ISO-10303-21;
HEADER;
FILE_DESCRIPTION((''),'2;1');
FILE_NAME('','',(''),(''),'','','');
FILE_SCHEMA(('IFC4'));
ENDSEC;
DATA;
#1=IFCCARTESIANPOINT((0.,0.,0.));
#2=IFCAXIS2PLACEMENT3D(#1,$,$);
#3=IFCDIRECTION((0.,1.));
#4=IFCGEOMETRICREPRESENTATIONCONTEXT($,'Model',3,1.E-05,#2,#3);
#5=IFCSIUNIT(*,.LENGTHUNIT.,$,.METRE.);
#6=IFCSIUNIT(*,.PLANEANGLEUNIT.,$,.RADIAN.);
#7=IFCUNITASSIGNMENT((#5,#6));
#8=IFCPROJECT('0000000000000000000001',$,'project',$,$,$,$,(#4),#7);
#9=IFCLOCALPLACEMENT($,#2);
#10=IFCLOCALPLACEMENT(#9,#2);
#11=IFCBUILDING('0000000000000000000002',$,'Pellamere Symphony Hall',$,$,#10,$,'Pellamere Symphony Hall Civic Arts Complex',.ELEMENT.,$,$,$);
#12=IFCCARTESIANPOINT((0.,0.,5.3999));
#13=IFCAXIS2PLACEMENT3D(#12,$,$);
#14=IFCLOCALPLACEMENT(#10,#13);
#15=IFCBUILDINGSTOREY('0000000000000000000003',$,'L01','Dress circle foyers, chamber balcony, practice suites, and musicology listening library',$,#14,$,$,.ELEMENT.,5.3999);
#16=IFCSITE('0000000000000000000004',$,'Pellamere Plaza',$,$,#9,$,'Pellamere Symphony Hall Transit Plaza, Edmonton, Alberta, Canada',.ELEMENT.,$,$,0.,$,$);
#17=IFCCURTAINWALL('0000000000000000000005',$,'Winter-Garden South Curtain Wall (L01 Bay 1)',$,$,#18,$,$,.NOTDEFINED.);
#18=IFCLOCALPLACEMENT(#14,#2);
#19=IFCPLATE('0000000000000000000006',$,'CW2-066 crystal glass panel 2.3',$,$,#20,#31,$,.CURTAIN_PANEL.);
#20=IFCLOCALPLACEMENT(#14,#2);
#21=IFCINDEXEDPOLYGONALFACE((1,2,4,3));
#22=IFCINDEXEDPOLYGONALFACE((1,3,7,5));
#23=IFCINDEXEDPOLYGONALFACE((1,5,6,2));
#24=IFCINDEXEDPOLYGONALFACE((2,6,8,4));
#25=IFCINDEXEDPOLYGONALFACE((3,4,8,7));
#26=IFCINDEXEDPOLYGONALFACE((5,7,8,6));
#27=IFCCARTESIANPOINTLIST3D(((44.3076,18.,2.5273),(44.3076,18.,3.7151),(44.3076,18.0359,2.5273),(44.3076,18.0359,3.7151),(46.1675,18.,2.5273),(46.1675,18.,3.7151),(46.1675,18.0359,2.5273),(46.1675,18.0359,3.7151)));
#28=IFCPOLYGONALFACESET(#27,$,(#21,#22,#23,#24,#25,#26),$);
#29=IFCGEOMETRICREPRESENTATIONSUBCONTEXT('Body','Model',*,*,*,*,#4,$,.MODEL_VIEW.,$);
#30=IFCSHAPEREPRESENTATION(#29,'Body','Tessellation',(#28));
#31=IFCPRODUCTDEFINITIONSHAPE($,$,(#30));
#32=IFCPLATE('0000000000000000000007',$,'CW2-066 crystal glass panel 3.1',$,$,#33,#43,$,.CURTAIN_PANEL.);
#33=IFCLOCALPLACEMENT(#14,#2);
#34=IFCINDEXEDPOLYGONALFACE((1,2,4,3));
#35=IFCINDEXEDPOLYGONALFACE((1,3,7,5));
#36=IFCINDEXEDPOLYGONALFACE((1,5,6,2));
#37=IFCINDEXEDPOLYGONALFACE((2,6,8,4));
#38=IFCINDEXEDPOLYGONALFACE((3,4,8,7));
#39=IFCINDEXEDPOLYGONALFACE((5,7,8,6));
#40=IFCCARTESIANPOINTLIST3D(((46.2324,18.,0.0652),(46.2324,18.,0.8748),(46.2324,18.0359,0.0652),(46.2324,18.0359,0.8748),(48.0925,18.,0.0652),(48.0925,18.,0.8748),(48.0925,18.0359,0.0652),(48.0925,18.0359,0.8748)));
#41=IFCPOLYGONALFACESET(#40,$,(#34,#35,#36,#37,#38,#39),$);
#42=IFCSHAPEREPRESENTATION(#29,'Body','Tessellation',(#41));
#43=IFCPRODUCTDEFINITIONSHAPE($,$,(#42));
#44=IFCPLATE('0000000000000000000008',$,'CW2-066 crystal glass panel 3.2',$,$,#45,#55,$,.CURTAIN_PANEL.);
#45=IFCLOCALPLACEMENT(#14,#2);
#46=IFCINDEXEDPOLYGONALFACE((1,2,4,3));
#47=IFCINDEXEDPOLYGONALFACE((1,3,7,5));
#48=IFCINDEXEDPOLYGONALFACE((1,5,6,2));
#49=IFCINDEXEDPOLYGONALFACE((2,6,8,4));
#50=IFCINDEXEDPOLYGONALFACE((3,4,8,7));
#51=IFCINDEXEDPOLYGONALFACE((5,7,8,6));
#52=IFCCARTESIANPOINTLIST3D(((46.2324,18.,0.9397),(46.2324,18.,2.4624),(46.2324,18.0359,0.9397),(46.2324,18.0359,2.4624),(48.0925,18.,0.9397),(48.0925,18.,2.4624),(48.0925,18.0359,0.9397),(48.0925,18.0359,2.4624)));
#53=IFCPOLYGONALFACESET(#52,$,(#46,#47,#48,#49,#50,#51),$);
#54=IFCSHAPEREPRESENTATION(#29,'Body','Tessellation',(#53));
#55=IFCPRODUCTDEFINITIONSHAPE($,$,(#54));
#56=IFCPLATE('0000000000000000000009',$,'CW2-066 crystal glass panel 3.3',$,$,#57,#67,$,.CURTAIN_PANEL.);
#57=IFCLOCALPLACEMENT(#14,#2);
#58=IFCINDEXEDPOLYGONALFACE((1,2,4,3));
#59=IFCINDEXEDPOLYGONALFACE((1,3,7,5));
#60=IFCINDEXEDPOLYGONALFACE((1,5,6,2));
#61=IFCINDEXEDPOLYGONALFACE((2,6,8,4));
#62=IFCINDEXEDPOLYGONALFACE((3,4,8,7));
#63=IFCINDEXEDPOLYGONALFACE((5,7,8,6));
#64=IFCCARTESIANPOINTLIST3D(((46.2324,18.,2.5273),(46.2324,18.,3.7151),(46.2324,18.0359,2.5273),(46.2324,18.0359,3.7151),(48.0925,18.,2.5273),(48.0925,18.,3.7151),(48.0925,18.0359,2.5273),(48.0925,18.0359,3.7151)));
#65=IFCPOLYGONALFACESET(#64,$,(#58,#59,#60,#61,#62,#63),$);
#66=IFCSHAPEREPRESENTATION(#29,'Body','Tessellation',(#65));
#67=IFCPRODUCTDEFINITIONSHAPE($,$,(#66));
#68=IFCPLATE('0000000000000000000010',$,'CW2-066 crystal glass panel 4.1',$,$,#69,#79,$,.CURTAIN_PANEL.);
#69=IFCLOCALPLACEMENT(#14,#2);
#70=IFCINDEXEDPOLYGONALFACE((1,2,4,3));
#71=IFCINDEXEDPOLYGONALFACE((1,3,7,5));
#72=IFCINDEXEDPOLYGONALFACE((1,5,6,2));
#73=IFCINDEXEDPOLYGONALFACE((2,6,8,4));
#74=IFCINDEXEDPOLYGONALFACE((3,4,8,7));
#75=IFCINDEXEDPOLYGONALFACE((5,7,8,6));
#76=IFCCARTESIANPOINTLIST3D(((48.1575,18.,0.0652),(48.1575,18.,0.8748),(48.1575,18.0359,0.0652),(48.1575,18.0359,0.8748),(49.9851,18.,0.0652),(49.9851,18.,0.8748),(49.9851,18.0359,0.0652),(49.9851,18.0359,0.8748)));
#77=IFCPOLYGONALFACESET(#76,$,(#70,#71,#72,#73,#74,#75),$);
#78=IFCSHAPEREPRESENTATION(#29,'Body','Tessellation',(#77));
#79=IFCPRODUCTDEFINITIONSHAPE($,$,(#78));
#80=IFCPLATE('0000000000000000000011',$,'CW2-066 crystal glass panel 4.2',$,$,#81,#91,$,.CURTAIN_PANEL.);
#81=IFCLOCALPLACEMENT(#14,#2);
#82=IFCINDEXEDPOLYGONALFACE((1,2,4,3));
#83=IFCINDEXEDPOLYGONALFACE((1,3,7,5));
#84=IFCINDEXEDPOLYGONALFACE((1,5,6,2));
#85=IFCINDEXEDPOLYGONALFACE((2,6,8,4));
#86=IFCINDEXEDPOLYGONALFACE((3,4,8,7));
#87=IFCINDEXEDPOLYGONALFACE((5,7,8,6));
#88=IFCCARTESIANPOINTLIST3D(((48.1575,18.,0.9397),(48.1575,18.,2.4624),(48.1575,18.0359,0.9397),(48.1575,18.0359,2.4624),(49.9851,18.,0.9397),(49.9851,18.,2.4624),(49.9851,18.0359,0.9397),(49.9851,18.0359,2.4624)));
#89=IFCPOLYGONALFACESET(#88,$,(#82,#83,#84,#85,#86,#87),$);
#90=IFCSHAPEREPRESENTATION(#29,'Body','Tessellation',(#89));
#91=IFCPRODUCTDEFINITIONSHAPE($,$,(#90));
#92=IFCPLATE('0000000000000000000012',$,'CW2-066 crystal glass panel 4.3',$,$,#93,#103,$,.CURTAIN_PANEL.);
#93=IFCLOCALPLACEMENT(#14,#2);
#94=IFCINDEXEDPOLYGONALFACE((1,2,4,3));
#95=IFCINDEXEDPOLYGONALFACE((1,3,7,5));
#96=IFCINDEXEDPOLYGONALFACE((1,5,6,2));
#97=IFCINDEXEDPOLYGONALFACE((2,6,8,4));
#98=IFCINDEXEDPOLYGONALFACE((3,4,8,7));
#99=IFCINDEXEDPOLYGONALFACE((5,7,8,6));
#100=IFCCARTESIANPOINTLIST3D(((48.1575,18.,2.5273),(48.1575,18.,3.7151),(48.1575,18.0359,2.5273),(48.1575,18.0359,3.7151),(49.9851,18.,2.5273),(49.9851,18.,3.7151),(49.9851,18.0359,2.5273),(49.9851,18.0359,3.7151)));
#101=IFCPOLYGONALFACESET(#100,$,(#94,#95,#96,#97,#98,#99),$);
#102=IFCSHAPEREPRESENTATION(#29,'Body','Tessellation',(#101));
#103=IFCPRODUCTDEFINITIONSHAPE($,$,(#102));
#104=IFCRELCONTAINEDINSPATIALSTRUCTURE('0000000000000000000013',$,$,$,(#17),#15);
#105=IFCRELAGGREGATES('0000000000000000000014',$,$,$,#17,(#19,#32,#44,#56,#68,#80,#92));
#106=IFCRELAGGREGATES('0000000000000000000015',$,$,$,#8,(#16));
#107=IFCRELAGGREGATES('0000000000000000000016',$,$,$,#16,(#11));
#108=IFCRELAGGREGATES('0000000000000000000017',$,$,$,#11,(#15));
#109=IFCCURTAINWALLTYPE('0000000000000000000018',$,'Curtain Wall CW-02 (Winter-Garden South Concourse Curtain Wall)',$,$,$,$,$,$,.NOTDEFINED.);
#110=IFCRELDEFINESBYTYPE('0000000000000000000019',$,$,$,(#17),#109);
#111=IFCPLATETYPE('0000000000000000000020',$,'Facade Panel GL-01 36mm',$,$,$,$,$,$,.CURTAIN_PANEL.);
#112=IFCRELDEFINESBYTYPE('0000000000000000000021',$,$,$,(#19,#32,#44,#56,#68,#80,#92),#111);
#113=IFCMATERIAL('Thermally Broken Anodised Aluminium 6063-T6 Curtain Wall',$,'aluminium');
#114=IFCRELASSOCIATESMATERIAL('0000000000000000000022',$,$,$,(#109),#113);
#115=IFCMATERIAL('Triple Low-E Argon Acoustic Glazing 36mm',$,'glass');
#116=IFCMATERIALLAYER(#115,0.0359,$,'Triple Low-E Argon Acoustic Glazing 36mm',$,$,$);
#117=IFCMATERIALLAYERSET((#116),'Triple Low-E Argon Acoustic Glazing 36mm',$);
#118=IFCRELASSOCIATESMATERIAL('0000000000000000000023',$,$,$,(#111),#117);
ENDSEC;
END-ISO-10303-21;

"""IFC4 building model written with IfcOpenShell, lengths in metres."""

from ifc_helpers import new_model, si_unit, direction, frame, origin, place, context, subcontext, project, spatial, polyline, outline, extrude, material, layer, layer_set, type_object, element, aggregate, save


model = new_model("IFC4")

# Units and contexts
model_context = context("Model", 3, precision=1e-05, world=origin(), true_north=direction((0.0, 1.0)))
body_context = subcontext(model_context, "Body", "Model", "MODEL_VIEW")
ifc_project = project(units=[si_unit("LENGTHUNIT", "METRE"), si_unit("PLANEANGLEUNIT", "RADIAN")], contexts=[model_context])

# Site, building, storey
site_placement = place(None, origin())
site = spatial("IfcSite", under=ifc_project, at=site_placement, Name="Pellamere Plaza", LongName="Pellamere Symphony Hall Transit Plaza, Edmonton, Alberta, Canada", CompositionType="ELEMENT", RefElevation=0.0)
building_placement = place(site_placement, origin())
building = spatial("IfcBuilding", under=site, at=building_placement, Name="Pellamere Symphony Hall", LongName="Pellamere Symphony Hall Civic Arts Complex", CompositionType="ELEMENT")
storey_placement = place(building_placement, frame((0.0, 0.0, 5.3999)))
storey = spatial("IfcBuildingStorey", under=building, at=storey_placement, Name="L01", Description="Dress circle foyers, chamber balcony, practice suites, and musicology listening library", CompositionType="ELEMENT", Elevation=5.3999)

# Curtain wall
ifc_material_1 = material(Name="Thermally Broken Anodised Aluminium 6063-T6 Curtain Wall", Category="aluminium")
curtain_wall_type = type_object("IfcCurtainWallType", Name="Curtain Wall CW-02 (Winter-Garden South Concourse Curtain Wall)", PredefinedType="NOTDEFINED", material=ifc_material_1)
curtain_wall_1_placement = place(storey_placement, origin())
curtain_wall_1 = element("IfcCurtainWall", 1, at=curtain_wall_1_placement, inside=storey, type_object=curtain_wall_type, Name="Winter-Garden South Curtain Wall (L01 Bay 1)", PredefinedType="NOTDEFINED")

# Plates
ifc_material_2 = material(Name="Triple Low-E Argon Acoustic Glazing 36mm", Category="glass")
ifc_layer = layer(ifc_material_2, 0.0359, Name="Triple Low-E Argon Acoustic Glazing 36mm")
ifc_layer_set = layer_set([ifc_layer], Name="Triple Low-E Argon Acoustic Glazing 36mm")
plate_type = type_object("IfcPlateType", Name="Facade Panel GL-01 36mm", PredefinedType="CURTAIN_PANEL", material=ifc_layer_set)
plate_1_placement = place(storey_placement, frame((44.3076, 18.0, 2.5273), z_axis=(0.0, -1.0, 0.0), x_axis=(1.0, 0.0, 0.0)))
plate_1 = element("IfcPlate", 2, at=plate_1_placement, type_object=plate_type, Name="CW2-066 crystal glass panel 2.3", PredefinedType="CURTAIN_PANEL", context=body_context, shape_type="SweptSolid", body=[
    extrude(outline(polyline([(0.0, 0.0), (1.8599, 0.0), (1.8599, 1.1877), (0.0, 1.1877), (0.0, 0.0)])), origin(), (0.0, 0.0, -1.0), 0.0359),
])
plate_2_placement = place(storey_placement, frame((46.2324, 18.0, 0.0652), z_axis=(0.0, -1.0, 0.0), x_axis=(1.0, 0.0, 0.0)))
plate_2 = element("IfcPlate", 3, at=plate_2_placement, type_object=plate_type, Name="CW2-066 crystal glass panel 3.1", PredefinedType="CURTAIN_PANEL", context=body_context, shape_type="SweptSolid", body=[
    extrude(outline(polyline([(0.0, 0.0), (1.8601, 0.0), (1.8601, 0.8096), (0.0, 0.8096), (0.0, 0.0)])), origin(), (0.0, 0.0, -1.0), 0.0359),
])
plate_3_placement = place(storey_placement, frame((46.2324, 18.0, 0.9397), z_axis=(0.0, -1.0, 0.0), x_axis=(1.0, 0.0, 0.0)))
plate_3 = element("IfcPlate", 4, at=plate_3_placement, type_object=plate_type, Name="CW2-066 crystal glass panel 3.2", PredefinedType="CURTAIN_PANEL", context=body_context, shape_type="SweptSolid", body=[
    extrude(outline(polyline([(0.0, 0.0), (1.8601, 0.0), (1.8601, 1.5227), (0.0, 1.5227), (0.0, 0.0)])), origin(), (0.0, 0.0, -1.0), 0.0359),
])
plate_4_placement = place(storey_placement, frame((46.2324, 18.0, 2.5273), z_axis=(0.0, -1.0, 0.0), x_axis=(1.0, 0.0, 0.0)))
plate_4 = element("IfcPlate", 5, at=plate_4_placement, type_object=plate_type, Name="CW2-066 crystal glass panel 3.3", PredefinedType="CURTAIN_PANEL", context=body_context, shape_type="SweptSolid", body=[
    extrude(outline(polyline([(0.0, 0.0), (1.8601, 0.0), (1.8601, 1.1877), (0.0, 1.1877), (0.0, 0.0)])), origin(), (0.0, 0.0, -1.0), 0.0359),
])
plate_5_placement = place(storey_placement, frame((48.1575, 18.0, 0.0652), z_axis=(0.0, -1.0, 0.0), x_axis=(1.0, 0.0, 0.0)))
plate_5 = element("IfcPlate", 6, at=plate_5_placement, type_object=plate_type, Name="CW2-066 crystal glass panel 4.1", PredefinedType="CURTAIN_PANEL", context=body_context, shape_type="SweptSolid", body=[
    extrude(outline(polyline([(0.0, 0.0), (1.8276, 0.0), (1.8276, 0.8096), (0.0, 0.8096), (0.0, 0.0)])), origin(), (0.0, 0.0, -1.0), 0.0359),
])
plate_6_placement = place(storey_placement, frame((48.1575, 18.0, 0.9397), z_axis=(0.0, -1.0, 0.0), x_axis=(1.0, 0.0, 0.0)))
plate_6 = element("IfcPlate", 7, at=plate_6_placement, type_object=plate_type, Name="CW2-066 crystal glass panel 4.2", PredefinedType="CURTAIN_PANEL", context=body_context, shape_type="SweptSolid", body=[
    extrude(outline(polyline([(0.0, 0.0), (1.8276, 0.0), (1.8276, 1.5227), (0.0, 1.5227), (0.0, 0.0)])), origin(), (0.0, 0.0, -1.0), 0.0359),
])
plate_7_placement = place(storey_placement, frame((48.1575, 18.0, 2.5273), z_axis=(0.0, -1.0, 0.0), x_axis=(1.0, 0.0, 0.0)))
plate_7 = element("IfcPlate", 8, at=plate_7_placement, type_object=plate_type, Name="CW2-066 crystal glass panel 4.3", PredefinedType="CURTAIN_PANEL", context=body_context, shape_type="SweptSolid", body=[
    extrude(outline(polyline([(0.0, 0.0), (1.8276, 0.0), (1.8276, 1.1877), (0.0, 1.1877), (0.0, 0.0)])), origin(), (0.0, 0.0, -1.0), 0.0359),
])
aggregate(curtain_wall_1, [plate_1, plate_2, plate_3, plate_4, plate_5, plate_6, plate_7])

save(model, "model.ifc")
